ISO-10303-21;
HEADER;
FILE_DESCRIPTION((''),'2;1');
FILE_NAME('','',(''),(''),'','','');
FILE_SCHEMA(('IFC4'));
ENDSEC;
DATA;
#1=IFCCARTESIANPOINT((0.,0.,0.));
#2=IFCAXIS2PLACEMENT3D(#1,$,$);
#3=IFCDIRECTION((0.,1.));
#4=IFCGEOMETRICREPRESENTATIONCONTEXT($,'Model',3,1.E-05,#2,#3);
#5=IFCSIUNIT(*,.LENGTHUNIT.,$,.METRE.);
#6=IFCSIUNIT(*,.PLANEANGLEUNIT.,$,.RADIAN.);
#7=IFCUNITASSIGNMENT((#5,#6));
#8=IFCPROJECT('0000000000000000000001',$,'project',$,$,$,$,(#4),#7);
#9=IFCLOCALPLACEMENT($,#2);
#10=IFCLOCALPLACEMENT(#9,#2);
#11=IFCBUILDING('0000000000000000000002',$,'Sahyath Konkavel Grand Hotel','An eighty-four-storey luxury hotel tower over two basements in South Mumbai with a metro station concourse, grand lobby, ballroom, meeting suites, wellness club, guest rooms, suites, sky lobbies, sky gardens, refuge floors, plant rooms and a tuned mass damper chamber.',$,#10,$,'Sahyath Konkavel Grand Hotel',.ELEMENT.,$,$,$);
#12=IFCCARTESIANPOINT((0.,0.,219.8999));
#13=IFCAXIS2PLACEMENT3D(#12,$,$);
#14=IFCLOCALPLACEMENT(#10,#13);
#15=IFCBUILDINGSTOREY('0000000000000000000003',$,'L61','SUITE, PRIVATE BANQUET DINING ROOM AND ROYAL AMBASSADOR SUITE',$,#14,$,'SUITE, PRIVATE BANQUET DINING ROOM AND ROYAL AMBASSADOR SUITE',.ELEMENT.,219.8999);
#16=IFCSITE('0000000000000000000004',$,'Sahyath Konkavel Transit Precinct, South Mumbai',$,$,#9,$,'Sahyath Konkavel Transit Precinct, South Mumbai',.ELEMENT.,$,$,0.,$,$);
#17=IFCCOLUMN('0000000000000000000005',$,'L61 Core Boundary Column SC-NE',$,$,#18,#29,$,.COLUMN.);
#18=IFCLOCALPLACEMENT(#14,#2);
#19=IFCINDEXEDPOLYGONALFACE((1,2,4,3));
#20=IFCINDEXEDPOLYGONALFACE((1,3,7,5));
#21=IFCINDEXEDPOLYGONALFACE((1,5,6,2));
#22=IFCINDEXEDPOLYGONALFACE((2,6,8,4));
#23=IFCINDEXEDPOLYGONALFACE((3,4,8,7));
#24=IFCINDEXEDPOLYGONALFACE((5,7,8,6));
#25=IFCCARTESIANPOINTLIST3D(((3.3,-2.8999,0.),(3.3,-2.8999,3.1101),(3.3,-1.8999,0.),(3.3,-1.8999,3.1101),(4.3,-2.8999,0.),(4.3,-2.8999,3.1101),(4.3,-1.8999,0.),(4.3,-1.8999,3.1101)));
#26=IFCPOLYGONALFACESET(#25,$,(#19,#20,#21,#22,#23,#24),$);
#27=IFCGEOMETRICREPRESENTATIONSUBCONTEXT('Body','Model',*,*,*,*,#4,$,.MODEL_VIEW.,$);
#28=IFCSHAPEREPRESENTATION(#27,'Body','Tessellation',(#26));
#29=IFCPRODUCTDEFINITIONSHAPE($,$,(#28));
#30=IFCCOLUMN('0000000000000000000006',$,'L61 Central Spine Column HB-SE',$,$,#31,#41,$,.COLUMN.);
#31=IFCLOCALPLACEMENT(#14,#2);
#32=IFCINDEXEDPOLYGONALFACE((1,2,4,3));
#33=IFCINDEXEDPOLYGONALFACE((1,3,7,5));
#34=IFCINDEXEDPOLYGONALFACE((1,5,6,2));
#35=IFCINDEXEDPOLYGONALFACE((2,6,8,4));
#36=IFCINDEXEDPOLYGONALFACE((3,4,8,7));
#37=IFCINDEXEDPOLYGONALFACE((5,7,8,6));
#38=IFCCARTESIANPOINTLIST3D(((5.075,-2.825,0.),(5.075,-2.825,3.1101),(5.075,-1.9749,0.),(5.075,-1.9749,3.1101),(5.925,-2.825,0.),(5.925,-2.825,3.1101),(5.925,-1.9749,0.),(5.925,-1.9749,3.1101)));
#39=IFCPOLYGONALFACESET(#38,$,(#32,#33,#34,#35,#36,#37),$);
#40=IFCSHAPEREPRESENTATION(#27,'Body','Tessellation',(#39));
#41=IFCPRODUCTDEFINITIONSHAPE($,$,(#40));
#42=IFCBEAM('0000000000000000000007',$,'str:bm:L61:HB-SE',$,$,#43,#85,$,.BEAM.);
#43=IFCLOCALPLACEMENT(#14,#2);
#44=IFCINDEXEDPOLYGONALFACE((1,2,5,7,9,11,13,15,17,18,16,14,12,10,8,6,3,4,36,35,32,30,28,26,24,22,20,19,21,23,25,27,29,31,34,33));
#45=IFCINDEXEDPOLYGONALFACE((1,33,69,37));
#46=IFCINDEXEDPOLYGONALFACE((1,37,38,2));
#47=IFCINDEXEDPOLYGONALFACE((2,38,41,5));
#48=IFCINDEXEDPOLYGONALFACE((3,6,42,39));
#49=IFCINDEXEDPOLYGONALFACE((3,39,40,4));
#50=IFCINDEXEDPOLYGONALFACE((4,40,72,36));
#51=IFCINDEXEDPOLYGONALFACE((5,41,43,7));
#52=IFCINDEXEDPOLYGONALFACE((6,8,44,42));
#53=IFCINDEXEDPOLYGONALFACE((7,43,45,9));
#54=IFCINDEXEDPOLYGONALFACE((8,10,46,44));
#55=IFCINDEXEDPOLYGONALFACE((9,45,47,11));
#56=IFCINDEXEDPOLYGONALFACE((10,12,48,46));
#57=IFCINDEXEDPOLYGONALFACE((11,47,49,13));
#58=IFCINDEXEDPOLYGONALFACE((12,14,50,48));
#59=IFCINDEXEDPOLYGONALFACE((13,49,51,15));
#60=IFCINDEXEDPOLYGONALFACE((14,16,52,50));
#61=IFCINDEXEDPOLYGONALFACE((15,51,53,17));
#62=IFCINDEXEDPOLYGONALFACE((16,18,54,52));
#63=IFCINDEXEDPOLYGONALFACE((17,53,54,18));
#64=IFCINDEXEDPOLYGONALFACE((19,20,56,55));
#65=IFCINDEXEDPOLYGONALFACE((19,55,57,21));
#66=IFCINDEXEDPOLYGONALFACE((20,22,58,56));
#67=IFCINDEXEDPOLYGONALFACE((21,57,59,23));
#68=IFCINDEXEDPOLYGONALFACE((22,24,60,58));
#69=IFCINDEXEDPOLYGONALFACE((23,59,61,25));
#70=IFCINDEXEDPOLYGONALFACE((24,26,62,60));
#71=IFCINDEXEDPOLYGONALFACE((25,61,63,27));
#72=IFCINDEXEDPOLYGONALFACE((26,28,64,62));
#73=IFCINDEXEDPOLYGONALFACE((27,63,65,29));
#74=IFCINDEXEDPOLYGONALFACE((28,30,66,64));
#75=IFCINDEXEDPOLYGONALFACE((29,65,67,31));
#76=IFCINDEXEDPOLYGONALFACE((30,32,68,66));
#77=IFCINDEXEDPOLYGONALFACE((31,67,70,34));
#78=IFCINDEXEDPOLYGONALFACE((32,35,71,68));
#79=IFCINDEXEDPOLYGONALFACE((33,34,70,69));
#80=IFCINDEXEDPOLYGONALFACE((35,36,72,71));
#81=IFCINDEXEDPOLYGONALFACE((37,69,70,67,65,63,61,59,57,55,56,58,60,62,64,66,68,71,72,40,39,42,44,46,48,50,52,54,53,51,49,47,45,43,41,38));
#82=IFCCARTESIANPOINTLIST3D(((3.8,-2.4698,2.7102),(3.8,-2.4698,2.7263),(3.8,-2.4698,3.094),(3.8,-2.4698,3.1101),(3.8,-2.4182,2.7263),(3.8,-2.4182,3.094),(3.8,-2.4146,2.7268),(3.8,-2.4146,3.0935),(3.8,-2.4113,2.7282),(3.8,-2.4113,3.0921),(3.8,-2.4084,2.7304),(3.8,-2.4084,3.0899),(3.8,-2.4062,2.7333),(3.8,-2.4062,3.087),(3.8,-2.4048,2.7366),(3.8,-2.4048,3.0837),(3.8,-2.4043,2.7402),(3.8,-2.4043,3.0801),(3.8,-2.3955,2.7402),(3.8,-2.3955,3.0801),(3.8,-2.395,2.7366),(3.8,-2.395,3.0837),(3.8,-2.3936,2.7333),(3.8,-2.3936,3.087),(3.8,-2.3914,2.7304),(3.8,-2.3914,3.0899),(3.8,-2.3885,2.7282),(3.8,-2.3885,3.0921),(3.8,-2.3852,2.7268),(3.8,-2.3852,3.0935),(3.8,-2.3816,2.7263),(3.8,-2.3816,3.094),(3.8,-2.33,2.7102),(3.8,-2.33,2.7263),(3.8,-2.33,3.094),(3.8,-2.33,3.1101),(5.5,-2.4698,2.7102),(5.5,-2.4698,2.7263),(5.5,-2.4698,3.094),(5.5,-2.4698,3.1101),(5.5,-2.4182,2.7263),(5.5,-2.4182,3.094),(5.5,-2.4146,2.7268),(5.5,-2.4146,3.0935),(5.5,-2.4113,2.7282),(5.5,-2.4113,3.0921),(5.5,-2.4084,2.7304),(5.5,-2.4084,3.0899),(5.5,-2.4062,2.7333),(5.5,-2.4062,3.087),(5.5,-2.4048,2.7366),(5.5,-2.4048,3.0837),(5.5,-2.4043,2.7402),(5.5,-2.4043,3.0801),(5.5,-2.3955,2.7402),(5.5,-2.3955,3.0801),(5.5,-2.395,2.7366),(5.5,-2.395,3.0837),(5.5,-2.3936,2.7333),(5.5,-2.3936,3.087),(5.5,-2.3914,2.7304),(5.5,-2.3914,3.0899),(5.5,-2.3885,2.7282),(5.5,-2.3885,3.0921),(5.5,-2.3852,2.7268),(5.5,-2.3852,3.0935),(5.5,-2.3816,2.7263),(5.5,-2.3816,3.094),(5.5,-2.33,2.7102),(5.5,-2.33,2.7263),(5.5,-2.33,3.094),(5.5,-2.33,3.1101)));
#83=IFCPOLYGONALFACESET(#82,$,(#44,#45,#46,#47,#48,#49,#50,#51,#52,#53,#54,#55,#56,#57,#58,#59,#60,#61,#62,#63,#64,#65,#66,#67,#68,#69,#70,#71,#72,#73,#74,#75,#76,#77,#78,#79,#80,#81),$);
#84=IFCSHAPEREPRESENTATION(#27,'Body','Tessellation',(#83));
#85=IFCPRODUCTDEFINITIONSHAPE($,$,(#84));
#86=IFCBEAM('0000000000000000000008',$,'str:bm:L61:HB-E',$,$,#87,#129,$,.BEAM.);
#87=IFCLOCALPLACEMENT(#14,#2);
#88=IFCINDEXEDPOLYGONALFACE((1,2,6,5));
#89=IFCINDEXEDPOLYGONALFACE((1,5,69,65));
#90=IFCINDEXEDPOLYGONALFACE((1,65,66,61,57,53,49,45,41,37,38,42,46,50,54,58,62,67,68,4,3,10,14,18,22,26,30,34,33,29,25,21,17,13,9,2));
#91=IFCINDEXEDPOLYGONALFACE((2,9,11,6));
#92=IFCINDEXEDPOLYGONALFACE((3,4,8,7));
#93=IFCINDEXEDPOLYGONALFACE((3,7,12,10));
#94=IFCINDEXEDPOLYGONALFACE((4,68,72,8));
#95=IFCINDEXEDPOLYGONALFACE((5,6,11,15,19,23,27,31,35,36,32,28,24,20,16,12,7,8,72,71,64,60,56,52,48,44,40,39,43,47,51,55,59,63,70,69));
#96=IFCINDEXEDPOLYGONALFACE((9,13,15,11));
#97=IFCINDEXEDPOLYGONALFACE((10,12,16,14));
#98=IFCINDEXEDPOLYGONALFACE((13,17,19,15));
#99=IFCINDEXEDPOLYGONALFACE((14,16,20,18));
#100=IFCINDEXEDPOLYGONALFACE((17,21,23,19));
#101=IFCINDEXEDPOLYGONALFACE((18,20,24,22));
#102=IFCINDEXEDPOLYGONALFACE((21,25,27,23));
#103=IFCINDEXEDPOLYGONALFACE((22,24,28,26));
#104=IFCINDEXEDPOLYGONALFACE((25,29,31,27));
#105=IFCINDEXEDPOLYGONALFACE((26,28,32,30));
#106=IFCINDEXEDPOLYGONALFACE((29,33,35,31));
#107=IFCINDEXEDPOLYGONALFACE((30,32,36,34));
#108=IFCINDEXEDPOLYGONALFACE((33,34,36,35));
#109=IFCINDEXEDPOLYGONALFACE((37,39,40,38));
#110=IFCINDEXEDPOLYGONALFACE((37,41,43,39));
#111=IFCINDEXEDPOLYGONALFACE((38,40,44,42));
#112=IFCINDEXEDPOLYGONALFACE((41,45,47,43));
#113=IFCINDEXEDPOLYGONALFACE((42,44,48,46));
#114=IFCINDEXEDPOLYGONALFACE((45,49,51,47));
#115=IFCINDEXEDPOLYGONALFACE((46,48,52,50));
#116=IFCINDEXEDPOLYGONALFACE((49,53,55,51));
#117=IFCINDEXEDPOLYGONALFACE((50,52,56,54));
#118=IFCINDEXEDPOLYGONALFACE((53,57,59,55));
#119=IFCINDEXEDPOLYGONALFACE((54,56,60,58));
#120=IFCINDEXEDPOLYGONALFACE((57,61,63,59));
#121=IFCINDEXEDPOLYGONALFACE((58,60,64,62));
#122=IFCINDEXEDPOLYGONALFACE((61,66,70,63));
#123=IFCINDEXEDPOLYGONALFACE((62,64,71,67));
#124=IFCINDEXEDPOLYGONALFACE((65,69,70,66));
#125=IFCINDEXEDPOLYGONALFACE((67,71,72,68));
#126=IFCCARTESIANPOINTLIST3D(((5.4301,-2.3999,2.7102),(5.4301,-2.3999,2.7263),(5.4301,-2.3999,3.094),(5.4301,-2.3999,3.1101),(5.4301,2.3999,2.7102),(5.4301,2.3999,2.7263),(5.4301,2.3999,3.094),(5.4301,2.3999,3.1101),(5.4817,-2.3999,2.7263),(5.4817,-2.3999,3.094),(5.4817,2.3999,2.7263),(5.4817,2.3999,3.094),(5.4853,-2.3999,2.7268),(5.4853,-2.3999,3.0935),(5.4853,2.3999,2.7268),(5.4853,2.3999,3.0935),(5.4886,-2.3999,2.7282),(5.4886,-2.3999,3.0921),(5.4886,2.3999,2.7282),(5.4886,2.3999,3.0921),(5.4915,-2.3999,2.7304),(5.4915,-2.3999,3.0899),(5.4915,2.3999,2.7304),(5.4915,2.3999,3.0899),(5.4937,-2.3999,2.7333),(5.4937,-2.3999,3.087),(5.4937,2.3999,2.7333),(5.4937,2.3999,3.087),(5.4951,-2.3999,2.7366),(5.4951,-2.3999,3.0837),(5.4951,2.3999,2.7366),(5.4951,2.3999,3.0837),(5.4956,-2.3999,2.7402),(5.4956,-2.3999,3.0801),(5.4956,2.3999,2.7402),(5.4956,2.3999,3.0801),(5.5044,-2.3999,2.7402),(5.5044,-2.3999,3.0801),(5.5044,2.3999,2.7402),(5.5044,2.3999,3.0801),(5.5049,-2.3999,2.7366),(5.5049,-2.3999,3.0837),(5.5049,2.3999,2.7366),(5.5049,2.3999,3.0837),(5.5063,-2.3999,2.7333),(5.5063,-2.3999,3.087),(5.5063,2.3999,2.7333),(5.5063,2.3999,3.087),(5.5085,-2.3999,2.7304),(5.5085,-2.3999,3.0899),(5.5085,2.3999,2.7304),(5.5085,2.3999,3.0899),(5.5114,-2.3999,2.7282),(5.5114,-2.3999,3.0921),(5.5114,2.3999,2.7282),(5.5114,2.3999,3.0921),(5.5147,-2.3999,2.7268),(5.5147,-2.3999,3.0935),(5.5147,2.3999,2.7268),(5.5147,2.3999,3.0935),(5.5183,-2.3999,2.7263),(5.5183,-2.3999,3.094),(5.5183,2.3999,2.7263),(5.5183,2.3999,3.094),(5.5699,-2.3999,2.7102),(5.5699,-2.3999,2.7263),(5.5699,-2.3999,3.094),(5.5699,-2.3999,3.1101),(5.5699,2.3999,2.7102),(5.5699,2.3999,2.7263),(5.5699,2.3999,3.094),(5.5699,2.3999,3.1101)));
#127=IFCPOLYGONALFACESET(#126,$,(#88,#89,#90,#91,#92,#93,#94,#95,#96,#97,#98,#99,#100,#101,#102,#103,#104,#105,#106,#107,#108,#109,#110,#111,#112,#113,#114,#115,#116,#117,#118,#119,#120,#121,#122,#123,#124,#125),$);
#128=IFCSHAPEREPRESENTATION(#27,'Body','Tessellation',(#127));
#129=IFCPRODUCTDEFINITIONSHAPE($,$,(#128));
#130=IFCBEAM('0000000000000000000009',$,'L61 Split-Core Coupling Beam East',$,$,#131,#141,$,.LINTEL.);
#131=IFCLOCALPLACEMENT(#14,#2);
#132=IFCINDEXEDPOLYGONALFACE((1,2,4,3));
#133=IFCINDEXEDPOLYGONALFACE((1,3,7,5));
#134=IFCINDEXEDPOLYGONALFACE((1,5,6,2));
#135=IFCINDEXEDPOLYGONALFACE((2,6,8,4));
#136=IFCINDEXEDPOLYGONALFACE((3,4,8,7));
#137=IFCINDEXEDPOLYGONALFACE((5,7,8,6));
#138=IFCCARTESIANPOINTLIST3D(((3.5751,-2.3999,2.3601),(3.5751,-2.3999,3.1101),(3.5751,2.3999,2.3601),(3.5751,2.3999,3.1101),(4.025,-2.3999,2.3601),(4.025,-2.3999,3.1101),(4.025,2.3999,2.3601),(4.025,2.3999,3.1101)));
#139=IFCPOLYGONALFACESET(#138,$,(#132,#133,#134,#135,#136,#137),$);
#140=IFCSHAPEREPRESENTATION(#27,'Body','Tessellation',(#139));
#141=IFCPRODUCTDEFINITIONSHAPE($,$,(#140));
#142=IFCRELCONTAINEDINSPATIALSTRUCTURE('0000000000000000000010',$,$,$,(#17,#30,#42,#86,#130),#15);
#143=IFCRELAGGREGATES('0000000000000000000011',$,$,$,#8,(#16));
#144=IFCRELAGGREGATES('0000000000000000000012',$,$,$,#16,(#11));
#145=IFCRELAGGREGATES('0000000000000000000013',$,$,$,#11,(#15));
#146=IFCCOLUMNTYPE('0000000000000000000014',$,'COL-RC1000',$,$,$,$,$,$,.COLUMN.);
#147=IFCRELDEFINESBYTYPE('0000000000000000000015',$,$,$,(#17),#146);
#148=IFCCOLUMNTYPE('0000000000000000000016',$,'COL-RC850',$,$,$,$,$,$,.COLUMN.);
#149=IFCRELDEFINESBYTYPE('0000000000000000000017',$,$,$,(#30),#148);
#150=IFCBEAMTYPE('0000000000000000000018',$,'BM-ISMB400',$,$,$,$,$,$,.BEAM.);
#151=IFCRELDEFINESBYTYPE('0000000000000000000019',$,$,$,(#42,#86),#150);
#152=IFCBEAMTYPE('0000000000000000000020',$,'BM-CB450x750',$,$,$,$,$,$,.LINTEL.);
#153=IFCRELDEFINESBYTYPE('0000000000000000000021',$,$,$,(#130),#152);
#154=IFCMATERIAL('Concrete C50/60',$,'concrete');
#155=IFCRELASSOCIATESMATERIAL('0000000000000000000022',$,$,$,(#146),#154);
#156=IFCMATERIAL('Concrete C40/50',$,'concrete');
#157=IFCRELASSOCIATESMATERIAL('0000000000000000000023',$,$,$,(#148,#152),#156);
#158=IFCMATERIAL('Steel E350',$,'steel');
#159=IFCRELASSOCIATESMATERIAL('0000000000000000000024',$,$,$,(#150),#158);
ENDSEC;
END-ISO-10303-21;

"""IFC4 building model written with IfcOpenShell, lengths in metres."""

from ifc_helpers import new_model, si_unit, direction, frame, origin, origin_2d, place, context, subcontext, project, spatial, rectangle, i_section, extrude, source, transform, mapped, material, material_profile, profile_set, type_object, element, save


model = new_model("IFC4")

# Units and contexts
model_context = context("Model", 3, precision=1e-05, world=origin(), true_north=direction((0.0, 1.0)))
body_context = subcontext(model_context, "Body", "Model", "MODEL_VIEW")
ifc_project = project(units=[si_unit("LENGTHUNIT", "METRE"), si_unit("PLANEANGLEUNIT", "RADIAN")], contexts=[model_context])

# Site, building, storey
site_placement = place(None, origin())
site = spatial("IfcSite", under=ifc_project, at=site_placement, Name="Sahyath Konkavel Transit Precinct, South Mumbai", LongName="Sahyath Konkavel Transit Precinct, South Mumbai", CompositionType="ELEMENT", RefElevation=0.0)
building_placement = place(site_placement, origin())
building = spatial("IfcBuilding", under=site, at=building_placement, Name="Sahyath Konkavel Grand Hotel", Description="An eighty-four-storey luxury hotel tower over two basements in South Mumbai with a metro station concourse, grand lobby, ballroom, meeting suites, wellness club, guest rooms, suites, sky lobbies, sky gardens, refuge floors, plant rooms and a tuned mass damper chamber.", LongName="Sahyath Konkavel Grand Hotel", CompositionType="ELEMENT")
storey_placement = place(building_placement, frame((0.0, 0.0, 219.8999)))
storey = spatial("IfcBuildingStorey", under=building, at=storey_placement, Name="L61", Description="SUITE, PRIVATE BANQUET DINING ROOM AND ROYAL AMBASSADOR SUITE", LongName="SUITE, PRIVATE BANQUET DINING ROOM AND ROYAL AMBASSADOR SUITE", CompositionType="ELEMENT", Elevation=219.8999)

# Columns
ifc_material_1 = material(Name="Concrete C50/60", Category="concrete")
ifc_material_profile_1 = material_profile(ifc_material_1, rectangle(XDim=1.0, YDim=1.0, at=origin_2d()), Name="RC 1000x1000")
ifc_profile_set_1 = profile_set([ifc_material_profile_1], Name="Concrete C50/60")
column_type_1 = type_object("IfcColumnType", Name="COL-RC1000", PredefinedType="COLUMN", material=ifc_profile_set_1)
shared_shape_1 = source(origin(), body_context, "Body", "SweptSolid", [
    extrude(rectangle(XDim=1.0, YDim=1.0, at=origin_2d()), origin(), (0.0, 0.0, 1.0), 3.1101),
])
column_1_placement = place(storey_placement, frame((3.8, -2.3999, 0.0), z_axis=(0.0, 0.0, 1.0), x_axis=(1.0, 0.0, 0.0)))
element("IfcColumn", 1, at=column_1_placement, inside=storey, type_object=column_type_1, Name="L61 Core Boundary Column SC-NE", PredefinedType="COLUMN", context=body_context, shape_type="MappedRepresentation", body=[
    mapped(shared_shape_1, transform((0.0, 0.0, 0.0), scale=1.0)),
])
ifc_material_2 = material(Name="Concrete C40/50", Category="concrete")
ifc_material_profile_2 = material_profile(ifc_material_2, rectangle(XDim=0.8501, YDim=0.8501, at=origin_2d()), Name="RC 850x850")
ifc_profile_set_2 = profile_set([ifc_material_profile_2], Name="Concrete C40/50")
column_type_2 = type_object("IfcColumnType", Name="COL-RC850", PredefinedType="COLUMN", material=ifc_profile_set_2)
shared_shape_2 = source(origin(), body_context, "Body", "SweptSolid", [
    extrude(rectangle(XDim=0.8501, YDim=0.8501, at=origin_2d()), origin(), (0.0, 0.0, 1.0), 3.1101),
])
column_2_placement = place(storey_placement, frame((5.5, -2.3999, 0.0), z_axis=(0.0, 0.0, 1.0), x_axis=(1.0, 0.0, 0.0)))
element("IfcColumn", 2, at=column_2_placement, inside=storey, type_object=column_type_2, Name="L61 Central Spine Column HB-SE", PredefinedType="COLUMN", context=body_context, shape_type="MappedRepresentation", body=[
    mapped(shared_shape_2, transform((0.0, 0.0, 0.0), scale=1.0)),
])

# Beams
ifc_material_3 = material(Name="Steel E350", Category="steel")
ifc_material_profile_3 = material_profile(ifc_material_3, i_section(OverallWidth=0.1399, OverallDepth=0.3999, WebThickness=0.0088, FlangeThickness=0.0161, FilletRadius=0.0139, at=origin_2d()), Name="ISMB 400")
ifc_profile_set_3 = profile_set([ifc_material_profile_3], Name="Steel E350")
beam_type_1 = type_object("IfcBeamType", Name="BM-ISMB400", PredefinedType="BEAM", material=ifc_profile_set_3)
shared_shape_3 = source(origin(), body_context, "Body", "SweptSolid", [
    extrude(i_section(OverallWidth=0.1399, OverallDepth=0.3999, WebThickness=0.0088, FlangeThickness=0.0161, FilletRadius=0.0139, at=origin_2d()), origin(), (0.0, 0.0, 1.0), 1.7),
])
beam_1_placement = place(storey_placement, frame((3.8, -2.3999, 2.9102), z_axis=(1.0, 0.0, 0.0), x_axis=(0.0, 1.0, 0.0)))
element("IfcBeam", 3, at=beam_1_placement, inside=storey, type_object=beam_type_1, Name="str:bm:L61:HB-SE", PredefinedType="BEAM", context=body_context, shape_type="MappedRepresentation", body=[
    mapped(shared_shape_3, transform((0.0, 0.0, 0.0), scale=1.0)),
])
shared_shape_4 = source(origin(), body_context, "Body", "SweptSolid", [
    extrude(i_section(OverallWidth=0.1399, OverallDepth=0.3999, WebThickness=0.0088, FlangeThickness=0.0161, FilletRadius=0.0139, at=origin_2d()), origin(), (0.0, 0.0, 1.0), 4.7998),
])
beam_2_placement = place(storey_placement, frame((5.5, -2.3999, 2.9102), z_axis=(0.0, 1.0, 0.0), x_axis=(-1.0, 0.0, 0.0)))
element("IfcBeam", 4, at=beam_2_placement, inside=storey, type_object=beam_type_1, Name="str:bm:L61:HB-E", PredefinedType="BEAM", context=body_context, shape_type="MappedRepresentation", body=[
    mapped(shared_shape_4, transform((0.0, 0.0, 0.0), scale=1.0)),
])
ifc_material_profile_4 = material_profile(ifc_material_2, rectangle(XDim=0.45, YDim=0.75, at=origin_2d()), Name="RC 450x750")
ifc_profile_set_4 = profile_set([ifc_material_profile_4], Name="Concrete C40/50")
beam_type_2 = type_object("IfcBeamType", Name="BM-CB450x750", PredefinedType="LINTEL", material=ifc_profile_set_4)
shared_shape_5 = source(origin(), body_context, "Body", "SweptSolid", [
    extrude(rectangle(XDim=0.45, YDim=0.75, at=origin_2d()), origin(), (0.0, 0.0, 1.0), 4.7998),
])
beam_3_placement = place(storey_placement, frame((3.8, -2.3999, 2.7351), z_axis=(0.0, 1.0, 0.0), x_axis=(-1.0, 0.0, 0.0)))
element("IfcBeam", 5, at=beam_3_placement, inside=storey, type_object=beam_type_2, Name="L61 Split-Core Coupling Beam East", PredefinedType="LINTEL", context=body_context, shape_type="MappedRepresentation", body=[
    mapped(shared_shape_5, transform((0.0, 0.0, 0.0), scale=1.0)),
])

save(model, "model.ifc")
